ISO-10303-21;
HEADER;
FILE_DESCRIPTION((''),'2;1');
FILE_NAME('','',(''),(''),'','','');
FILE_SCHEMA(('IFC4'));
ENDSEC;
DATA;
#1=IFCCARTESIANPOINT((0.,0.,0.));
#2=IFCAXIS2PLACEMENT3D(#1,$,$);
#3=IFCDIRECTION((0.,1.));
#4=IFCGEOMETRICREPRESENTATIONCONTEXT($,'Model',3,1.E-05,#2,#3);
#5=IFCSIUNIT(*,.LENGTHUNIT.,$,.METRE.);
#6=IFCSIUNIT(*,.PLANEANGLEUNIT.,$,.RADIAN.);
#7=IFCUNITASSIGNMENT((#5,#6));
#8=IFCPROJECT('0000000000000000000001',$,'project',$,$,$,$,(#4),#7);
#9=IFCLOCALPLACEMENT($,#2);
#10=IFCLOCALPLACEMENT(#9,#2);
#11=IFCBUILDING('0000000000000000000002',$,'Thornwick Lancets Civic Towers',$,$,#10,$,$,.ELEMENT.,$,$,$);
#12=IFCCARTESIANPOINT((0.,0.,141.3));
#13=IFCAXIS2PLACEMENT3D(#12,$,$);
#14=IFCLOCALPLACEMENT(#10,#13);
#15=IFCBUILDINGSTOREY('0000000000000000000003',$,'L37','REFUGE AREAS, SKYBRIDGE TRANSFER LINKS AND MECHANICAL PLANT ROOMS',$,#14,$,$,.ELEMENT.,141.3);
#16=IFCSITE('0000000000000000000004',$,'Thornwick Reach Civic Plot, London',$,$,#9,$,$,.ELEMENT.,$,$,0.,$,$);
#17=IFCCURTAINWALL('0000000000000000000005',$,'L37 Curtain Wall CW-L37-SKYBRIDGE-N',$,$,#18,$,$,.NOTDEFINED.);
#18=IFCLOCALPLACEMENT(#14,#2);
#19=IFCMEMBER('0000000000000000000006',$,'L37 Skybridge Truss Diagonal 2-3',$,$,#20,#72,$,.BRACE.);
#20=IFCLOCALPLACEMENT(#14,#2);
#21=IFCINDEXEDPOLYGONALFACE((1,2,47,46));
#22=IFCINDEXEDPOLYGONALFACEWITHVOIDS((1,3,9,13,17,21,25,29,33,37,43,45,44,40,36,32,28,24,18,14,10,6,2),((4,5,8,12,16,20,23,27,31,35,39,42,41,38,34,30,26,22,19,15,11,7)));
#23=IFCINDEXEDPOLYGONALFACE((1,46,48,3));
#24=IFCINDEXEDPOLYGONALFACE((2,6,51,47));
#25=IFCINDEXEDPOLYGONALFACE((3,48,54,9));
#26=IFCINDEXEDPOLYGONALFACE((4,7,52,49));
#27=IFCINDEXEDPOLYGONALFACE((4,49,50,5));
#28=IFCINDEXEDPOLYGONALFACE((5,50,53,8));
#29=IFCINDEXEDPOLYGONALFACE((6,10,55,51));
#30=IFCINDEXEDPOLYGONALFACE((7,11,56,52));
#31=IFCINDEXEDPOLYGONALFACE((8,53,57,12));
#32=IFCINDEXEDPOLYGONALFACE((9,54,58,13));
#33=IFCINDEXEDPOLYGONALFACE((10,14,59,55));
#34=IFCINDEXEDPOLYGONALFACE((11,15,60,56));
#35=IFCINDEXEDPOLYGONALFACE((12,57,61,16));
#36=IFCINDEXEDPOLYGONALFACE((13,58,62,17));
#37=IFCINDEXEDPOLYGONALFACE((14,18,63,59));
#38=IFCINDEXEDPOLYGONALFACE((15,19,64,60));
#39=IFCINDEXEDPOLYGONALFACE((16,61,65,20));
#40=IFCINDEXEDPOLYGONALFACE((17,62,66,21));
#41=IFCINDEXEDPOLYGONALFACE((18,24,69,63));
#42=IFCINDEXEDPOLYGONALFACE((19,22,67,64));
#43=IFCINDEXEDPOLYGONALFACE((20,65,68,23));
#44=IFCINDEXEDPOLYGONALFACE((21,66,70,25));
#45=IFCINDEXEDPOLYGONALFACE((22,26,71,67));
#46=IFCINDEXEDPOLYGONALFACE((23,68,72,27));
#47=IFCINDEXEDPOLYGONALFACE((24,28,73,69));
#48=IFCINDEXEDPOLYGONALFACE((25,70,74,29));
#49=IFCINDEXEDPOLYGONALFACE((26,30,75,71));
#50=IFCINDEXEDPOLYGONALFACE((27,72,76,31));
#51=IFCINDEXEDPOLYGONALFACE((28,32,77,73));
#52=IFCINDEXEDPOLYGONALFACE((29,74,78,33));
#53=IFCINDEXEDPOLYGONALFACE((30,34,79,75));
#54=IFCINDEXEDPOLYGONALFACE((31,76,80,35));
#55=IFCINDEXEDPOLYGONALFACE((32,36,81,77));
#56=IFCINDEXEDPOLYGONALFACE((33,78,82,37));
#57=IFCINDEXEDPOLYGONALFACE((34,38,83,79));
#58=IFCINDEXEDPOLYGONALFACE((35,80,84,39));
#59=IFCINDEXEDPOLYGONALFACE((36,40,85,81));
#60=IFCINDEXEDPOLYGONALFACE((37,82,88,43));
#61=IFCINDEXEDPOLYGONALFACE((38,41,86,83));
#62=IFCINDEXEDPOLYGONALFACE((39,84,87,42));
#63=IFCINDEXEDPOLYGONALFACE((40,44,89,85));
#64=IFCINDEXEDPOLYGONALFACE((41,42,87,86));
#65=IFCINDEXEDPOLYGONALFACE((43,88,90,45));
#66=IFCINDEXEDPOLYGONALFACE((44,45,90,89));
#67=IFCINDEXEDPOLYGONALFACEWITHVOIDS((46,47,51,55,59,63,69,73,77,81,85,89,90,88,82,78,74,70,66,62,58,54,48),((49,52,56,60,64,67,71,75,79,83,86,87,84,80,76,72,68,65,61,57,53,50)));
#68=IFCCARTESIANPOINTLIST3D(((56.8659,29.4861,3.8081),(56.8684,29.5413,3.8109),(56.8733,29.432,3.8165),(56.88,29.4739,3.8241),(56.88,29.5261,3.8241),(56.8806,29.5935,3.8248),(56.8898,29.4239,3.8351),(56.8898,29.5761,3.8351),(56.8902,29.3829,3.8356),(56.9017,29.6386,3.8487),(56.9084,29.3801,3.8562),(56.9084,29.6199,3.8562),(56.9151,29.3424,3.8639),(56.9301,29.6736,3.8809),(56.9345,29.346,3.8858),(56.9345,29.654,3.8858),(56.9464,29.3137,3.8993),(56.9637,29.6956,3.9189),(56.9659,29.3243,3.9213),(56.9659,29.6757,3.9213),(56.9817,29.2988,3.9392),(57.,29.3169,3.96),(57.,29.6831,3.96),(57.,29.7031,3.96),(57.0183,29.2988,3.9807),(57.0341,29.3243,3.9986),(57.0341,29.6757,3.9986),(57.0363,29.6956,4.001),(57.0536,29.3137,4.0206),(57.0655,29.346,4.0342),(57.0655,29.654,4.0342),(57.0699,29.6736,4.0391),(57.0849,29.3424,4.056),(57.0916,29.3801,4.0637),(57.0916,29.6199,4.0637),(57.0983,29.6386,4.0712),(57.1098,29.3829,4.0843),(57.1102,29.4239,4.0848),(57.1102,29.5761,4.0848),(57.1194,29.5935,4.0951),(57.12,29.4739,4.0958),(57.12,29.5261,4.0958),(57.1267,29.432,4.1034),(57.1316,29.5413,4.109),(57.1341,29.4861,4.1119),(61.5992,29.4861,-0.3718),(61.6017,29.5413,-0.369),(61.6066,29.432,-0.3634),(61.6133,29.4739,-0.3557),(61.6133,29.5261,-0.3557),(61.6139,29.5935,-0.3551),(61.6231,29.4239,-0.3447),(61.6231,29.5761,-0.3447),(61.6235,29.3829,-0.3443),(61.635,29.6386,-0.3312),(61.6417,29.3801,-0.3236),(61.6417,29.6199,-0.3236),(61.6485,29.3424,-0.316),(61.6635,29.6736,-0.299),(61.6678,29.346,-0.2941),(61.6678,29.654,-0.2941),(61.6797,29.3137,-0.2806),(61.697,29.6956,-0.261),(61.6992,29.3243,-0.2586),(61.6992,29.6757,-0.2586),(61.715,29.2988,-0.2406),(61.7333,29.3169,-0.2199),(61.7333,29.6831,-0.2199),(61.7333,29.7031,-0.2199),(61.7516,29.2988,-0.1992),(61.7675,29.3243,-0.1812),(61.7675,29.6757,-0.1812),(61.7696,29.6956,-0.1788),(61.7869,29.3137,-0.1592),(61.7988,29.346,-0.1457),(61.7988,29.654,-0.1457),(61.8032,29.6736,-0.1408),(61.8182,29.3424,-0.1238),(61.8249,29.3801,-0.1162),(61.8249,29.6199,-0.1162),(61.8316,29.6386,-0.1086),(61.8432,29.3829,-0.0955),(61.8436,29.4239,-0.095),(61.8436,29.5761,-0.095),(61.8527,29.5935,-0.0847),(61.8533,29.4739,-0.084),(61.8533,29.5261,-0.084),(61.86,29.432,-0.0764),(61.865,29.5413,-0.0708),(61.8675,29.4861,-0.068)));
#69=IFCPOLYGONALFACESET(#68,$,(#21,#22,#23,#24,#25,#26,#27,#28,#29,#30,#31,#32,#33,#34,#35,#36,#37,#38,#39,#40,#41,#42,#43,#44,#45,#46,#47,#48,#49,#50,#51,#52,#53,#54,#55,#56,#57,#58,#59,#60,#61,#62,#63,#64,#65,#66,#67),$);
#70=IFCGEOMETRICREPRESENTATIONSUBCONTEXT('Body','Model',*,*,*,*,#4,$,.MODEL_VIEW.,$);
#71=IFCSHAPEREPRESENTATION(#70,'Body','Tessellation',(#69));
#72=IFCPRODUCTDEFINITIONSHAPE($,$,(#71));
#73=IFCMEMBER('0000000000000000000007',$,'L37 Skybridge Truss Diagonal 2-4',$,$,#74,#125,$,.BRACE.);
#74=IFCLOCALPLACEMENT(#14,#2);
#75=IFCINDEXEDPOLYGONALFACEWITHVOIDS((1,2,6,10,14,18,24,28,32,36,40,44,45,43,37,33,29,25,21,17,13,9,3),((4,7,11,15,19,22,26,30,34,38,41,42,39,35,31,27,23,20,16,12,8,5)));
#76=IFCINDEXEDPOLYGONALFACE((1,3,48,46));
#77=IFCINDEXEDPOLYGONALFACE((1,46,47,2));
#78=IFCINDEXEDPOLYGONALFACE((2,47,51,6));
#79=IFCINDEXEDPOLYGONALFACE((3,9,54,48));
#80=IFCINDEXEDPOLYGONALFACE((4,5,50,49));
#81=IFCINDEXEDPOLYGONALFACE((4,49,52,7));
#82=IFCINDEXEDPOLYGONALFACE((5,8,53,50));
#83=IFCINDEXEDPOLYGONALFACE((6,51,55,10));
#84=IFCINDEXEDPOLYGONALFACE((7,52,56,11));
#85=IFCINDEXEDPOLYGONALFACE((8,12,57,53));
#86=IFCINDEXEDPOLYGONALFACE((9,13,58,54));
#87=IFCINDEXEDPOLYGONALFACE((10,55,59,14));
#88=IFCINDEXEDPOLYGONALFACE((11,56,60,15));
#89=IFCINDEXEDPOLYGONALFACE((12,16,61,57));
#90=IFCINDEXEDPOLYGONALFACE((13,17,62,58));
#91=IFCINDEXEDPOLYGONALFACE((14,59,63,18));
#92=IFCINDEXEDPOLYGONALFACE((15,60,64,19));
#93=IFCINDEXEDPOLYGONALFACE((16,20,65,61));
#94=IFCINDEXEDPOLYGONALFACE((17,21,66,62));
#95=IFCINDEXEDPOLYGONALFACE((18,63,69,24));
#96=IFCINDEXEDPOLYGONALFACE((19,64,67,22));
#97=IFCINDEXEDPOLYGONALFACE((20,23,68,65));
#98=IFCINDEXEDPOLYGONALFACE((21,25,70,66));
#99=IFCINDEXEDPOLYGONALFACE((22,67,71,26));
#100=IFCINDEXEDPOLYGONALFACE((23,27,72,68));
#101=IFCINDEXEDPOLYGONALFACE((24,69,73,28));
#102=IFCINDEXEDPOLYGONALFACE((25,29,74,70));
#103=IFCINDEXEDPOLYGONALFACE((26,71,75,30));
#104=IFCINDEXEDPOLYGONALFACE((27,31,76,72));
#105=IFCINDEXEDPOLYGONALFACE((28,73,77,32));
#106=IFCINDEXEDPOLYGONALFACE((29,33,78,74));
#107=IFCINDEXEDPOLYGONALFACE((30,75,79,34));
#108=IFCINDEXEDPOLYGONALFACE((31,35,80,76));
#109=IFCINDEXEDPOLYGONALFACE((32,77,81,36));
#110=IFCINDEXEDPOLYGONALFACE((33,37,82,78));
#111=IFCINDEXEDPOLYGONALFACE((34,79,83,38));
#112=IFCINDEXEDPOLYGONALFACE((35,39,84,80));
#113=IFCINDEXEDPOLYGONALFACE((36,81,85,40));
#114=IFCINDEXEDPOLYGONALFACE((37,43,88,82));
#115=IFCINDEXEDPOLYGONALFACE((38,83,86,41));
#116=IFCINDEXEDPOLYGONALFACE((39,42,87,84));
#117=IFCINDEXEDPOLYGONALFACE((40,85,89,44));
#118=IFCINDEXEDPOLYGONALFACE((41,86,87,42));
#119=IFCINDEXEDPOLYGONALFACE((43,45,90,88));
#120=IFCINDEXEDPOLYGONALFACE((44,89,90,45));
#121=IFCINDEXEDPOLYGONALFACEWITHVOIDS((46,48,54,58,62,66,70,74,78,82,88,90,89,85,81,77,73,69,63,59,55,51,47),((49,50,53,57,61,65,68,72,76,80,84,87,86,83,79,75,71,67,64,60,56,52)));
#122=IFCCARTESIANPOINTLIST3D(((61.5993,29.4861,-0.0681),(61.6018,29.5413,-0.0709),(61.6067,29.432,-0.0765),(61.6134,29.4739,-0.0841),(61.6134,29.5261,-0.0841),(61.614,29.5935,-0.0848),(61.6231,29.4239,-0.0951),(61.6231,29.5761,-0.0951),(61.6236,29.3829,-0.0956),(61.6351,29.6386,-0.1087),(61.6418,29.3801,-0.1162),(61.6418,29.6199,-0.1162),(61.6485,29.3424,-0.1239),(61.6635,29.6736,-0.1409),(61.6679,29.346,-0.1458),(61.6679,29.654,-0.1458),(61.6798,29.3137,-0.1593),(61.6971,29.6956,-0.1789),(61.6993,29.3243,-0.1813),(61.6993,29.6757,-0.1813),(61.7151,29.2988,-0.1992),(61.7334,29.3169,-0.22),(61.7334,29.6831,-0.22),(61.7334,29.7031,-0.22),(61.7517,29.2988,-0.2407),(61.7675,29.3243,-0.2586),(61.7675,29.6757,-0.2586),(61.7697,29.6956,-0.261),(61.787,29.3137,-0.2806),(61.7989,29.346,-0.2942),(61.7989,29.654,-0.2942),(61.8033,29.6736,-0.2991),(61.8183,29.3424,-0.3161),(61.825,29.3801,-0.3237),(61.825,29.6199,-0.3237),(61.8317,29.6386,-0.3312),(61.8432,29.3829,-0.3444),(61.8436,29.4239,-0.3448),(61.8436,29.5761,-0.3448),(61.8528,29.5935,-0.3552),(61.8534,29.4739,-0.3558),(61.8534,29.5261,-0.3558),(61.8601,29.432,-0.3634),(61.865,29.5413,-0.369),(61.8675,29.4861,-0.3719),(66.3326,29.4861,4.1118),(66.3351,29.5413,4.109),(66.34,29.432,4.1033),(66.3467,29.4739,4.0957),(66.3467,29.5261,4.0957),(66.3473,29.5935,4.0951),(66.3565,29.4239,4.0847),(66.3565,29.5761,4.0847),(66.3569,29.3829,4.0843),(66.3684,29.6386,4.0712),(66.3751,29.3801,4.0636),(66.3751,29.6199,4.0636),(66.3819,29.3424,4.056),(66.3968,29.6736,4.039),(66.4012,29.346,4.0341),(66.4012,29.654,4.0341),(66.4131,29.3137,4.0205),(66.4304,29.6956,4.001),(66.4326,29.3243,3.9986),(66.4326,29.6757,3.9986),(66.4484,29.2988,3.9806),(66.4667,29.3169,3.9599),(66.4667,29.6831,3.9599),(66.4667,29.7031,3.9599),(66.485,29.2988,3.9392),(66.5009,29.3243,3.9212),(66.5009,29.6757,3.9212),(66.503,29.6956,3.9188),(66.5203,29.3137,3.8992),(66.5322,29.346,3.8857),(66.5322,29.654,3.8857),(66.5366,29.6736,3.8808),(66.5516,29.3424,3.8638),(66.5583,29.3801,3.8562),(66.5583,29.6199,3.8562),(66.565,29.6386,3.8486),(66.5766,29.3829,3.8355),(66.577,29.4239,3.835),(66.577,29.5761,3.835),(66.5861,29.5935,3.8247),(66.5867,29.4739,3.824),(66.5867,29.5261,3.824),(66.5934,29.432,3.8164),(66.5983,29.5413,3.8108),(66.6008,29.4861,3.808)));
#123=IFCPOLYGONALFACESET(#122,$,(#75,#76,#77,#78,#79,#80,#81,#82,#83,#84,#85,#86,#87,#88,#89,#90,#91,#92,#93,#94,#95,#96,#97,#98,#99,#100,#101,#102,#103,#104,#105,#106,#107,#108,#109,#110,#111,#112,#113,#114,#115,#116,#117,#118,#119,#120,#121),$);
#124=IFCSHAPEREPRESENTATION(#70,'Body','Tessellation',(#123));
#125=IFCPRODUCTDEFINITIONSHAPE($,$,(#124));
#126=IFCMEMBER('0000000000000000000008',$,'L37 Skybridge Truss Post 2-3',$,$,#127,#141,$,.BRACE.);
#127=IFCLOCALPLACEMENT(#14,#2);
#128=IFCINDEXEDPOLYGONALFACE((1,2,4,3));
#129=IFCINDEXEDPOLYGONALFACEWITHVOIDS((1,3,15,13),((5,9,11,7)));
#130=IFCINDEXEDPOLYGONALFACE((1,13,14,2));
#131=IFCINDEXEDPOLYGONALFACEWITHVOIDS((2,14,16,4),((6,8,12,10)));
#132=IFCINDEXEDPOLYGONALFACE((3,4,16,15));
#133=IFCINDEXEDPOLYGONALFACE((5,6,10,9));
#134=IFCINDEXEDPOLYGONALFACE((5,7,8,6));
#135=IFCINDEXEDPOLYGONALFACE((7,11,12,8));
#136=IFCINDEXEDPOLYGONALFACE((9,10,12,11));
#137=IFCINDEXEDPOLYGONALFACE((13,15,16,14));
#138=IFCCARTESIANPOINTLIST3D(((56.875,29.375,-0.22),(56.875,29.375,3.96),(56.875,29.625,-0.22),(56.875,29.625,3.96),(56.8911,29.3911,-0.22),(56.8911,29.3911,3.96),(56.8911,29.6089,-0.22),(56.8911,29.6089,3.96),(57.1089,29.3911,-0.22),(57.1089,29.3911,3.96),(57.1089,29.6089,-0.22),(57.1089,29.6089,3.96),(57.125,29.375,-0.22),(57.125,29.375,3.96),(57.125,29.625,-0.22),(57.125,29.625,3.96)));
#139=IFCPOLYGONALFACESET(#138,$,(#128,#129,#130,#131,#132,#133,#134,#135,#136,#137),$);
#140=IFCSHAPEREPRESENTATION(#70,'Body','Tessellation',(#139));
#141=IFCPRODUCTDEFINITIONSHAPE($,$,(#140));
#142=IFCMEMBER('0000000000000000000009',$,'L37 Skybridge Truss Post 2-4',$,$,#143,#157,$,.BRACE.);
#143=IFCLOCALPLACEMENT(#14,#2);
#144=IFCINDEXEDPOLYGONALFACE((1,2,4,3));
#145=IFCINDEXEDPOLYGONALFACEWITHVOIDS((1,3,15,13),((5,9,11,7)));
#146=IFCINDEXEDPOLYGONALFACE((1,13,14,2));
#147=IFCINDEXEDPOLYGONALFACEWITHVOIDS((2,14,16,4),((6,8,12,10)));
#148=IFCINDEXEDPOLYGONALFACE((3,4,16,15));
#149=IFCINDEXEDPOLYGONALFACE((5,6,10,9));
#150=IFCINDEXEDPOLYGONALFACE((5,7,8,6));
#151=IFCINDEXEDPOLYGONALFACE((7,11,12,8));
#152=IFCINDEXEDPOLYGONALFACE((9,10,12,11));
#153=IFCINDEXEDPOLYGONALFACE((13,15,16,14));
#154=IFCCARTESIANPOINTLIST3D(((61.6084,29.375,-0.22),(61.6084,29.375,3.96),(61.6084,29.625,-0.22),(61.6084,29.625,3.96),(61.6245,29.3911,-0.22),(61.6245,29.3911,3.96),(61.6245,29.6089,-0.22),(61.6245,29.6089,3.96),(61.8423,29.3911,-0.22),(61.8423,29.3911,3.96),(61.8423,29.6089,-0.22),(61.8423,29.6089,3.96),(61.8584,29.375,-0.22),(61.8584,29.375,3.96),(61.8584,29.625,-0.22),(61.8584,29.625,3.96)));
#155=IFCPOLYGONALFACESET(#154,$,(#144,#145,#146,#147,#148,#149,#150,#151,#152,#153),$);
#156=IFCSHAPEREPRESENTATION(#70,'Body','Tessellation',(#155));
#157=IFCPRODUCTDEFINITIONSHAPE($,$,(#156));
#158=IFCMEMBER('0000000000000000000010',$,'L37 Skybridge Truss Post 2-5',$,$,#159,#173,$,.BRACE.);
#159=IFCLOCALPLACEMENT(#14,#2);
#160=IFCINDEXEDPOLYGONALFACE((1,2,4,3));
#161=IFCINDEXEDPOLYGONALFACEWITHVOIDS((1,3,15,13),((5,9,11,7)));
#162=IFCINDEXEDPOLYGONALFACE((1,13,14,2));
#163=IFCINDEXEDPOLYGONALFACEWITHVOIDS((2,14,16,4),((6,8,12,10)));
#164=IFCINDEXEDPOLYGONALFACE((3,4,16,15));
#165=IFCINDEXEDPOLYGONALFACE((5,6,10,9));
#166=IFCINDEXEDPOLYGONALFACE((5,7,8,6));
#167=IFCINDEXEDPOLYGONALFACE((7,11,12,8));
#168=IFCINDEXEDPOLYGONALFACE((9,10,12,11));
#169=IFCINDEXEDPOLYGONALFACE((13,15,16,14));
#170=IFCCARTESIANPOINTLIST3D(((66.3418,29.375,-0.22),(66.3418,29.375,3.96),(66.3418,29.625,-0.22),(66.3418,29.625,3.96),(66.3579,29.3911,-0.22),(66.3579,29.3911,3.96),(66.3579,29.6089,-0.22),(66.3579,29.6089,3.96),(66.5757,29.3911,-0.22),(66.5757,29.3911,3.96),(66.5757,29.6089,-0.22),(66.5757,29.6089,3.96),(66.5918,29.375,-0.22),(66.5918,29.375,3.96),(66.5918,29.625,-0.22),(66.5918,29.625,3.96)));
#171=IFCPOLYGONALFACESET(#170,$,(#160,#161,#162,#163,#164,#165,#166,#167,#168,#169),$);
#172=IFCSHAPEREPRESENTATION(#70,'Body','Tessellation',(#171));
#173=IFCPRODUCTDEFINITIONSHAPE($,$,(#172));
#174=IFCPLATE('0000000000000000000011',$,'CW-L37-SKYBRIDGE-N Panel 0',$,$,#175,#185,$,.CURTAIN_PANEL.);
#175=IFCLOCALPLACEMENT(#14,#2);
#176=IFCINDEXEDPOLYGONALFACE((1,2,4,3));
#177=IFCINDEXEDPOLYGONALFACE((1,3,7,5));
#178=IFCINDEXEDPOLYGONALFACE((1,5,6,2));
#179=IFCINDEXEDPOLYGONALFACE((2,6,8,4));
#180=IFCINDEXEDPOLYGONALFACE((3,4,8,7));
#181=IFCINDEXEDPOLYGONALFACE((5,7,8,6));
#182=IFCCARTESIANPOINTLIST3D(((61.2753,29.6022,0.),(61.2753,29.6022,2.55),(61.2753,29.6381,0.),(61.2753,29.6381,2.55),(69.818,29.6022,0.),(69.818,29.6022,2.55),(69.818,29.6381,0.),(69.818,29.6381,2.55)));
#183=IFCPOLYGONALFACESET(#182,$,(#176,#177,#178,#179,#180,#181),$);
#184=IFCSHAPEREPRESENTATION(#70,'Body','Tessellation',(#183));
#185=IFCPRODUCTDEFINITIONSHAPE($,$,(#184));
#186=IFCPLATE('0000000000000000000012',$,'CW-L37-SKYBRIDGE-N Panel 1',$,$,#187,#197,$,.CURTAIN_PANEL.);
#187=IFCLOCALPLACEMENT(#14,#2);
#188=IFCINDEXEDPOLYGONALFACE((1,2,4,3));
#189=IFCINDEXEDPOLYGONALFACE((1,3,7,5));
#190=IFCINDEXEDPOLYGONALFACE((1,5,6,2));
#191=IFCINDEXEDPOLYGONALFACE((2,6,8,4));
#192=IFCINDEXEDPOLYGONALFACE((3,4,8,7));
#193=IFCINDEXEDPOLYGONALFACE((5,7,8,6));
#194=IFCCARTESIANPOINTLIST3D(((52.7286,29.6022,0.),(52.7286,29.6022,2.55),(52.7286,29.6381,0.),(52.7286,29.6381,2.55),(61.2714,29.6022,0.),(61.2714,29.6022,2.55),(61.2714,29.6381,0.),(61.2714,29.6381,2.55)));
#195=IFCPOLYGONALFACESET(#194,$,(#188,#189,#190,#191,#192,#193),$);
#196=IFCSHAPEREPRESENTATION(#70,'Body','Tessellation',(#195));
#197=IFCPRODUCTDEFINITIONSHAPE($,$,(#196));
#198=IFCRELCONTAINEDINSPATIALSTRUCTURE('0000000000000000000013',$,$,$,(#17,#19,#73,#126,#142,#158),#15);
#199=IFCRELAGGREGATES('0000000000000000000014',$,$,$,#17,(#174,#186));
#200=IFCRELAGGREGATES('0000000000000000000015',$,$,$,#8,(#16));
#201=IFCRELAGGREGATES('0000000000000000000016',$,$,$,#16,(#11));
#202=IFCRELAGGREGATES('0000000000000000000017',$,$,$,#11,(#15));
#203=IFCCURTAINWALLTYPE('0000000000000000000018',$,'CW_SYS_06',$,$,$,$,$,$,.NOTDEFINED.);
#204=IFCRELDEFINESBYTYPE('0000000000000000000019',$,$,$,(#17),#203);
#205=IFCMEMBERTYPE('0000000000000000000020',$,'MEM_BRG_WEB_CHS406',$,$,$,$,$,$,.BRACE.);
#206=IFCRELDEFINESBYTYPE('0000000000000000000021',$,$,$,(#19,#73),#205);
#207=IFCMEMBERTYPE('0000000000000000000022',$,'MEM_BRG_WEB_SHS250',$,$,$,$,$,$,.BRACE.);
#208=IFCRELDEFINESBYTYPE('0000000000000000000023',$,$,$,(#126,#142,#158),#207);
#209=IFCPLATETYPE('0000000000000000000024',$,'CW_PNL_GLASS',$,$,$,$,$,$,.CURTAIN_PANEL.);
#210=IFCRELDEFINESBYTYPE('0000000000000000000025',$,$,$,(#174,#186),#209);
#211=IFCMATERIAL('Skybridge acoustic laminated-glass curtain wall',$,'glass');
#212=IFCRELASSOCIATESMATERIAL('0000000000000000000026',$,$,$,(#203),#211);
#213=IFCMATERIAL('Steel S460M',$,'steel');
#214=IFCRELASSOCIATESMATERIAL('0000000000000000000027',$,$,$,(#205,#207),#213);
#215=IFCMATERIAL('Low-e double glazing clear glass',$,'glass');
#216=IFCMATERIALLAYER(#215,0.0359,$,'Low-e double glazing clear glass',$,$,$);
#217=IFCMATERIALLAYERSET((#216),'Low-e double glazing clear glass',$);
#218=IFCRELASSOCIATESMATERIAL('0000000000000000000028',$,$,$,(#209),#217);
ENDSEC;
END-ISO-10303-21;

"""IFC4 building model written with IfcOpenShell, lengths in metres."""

from ifc_helpers import new_model, si_unit, direction, frame, origin, origin_2d, place, context, subcontext, project, spatial, rectangle, hollow_rectangle, hollow_circle, extrude, material, layer, layer_set, material_profile, profile_set, type_object, element, aggregate, save


model = new_model("IFC4")

# Units and contexts
model_context = context("Model", 3, precision=1e-05, world=origin(), true_north=direction((0.0, 1.0)))
body_context = subcontext(model_context, "Body", "Model", "MODEL_VIEW")
ifc_project = project(units=[si_unit("LENGTHUNIT", "METRE"), si_unit("PLANEANGLEUNIT", "RADIAN")], contexts=[model_context])

# Site, building, storey
site_placement = place(None, origin())
site = spatial("IfcSite", under=ifc_project, at=site_placement, Name="Thornwick Reach Civic Plot, London", CompositionType="ELEMENT", RefElevation=0.0)
building_placement = place(site_placement, origin())
building = spatial("IfcBuilding", under=site, at=building_placement, Name="Thornwick Lancets Civic Towers", CompositionType="ELEMENT")
storey_placement = place(building_placement, frame((0.0, 0.0, 141.3)))
storey = spatial("IfcBuildingStorey", under=building, at=storey_placement, Name="L37", Description="REFUGE AREAS, SKYBRIDGE TRANSFER LINKS AND MECHANICAL PLANT ROOMS", CompositionType="ELEMENT", Elevation=141.3)

# Curtain wall
ifc_material_1 = material(Name="Skybridge acoustic laminated-glass curtain wall", Category="glass")
curtain_wall_type = type_object("IfcCurtainWallType", Name="CW_SYS_06", PredefinedType="NOTDEFINED", material=ifc_material_1)
curtain_wall_placement = place(storey_placement, origin())
curtain_wall = element("IfcCurtainWall", 1, at=curtain_wall_placement, inside=storey, type_object=curtain_wall_type, Name="L37 Curtain Wall CW-L37-SKYBRIDGE-N", PredefinedType="NOTDEFINED")

# Members
ifc_material_2 = material(Name="Steel S460M", Category="steel")
ifc_material_profile_1 = material_profile(ifc_material_2, hollow_circle(Radius=0.2031, WallThickness=0.02, at=origin_2d()), Name="CHS 406.4x20")
ifc_profile_set_1 = profile_set([ifc_material_profile_1], Name="Steel S460M")
member_type_1 = type_object("IfcMemberType", Name="MEM_BRG_WEB_CHS406", PredefinedType="BRACE", material=ifc_profile_set_1)
for number, where, z_axis, x_axis, name in (
    (2, (57.0, 29.5, 3.96), (0.74957, 0.0, -0.661925), (0.0, 1.0, 0.0), "L37 Skybridge Truss Diagonal 2-3"),
    (3, (61.7334, 29.5, -0.22), (0.74957, 0.0, 0.661925), (0.0, 1.0, 0.0), "L37 Skybridge Truss Diagonal 2-4"),
):
    element("IfcMember", number, at=place(storey_placement, frame(where, z_axis=z_axis, x_axis=x_axis)), inside=storey, type_object=member_type_1, Name=name, PredefinedType="BRACE", context=body_context, shape_type="SweptSolid", body=[
        extrude(hollow_circle(Radius=0.2031, WallThickness=0.02, at=origin_2d()), origin(), (0.0, 0.0, 1.0), 6.3147),
    ])
ifc_material_profile_2 = material_profile(ifc_material_2, hollow_rectangle(XDim=0.25, YDim=0.25, WallThickness=0.0161, at=origin_2d()), Name="SHS 250x250x16")
ifc_profile_set_2 = profile_set([ifc_material_profile_2], Name="Steel S460M")
member_type_2 = type_object("IfcMemberType", Name="MEM_BRG_WEB_SHS250", PredefinedType="BRACE", material=ifc_profile_set_2)
for number, where, z_axis, x_axis, name in (
    (4, (57.0, 29.5, -0.22), (0.0, 0.0, 1.0), (1.0, 0.0, 0.0), "L37 Skybridge Truss Post 2-3"),
    (5, (61.7334, 29.5, -0.22), (0.0, 0.0, 1.0), (1.0, 0.0, 0.0), "L37 Skybridge Truss Post 2-4"),
    (6, (66.4668, 29.5, -0.22), (0.0, 0.0, 1.0), (1.0, 0.0, 0.0), "L37 Skybridge Truss Post 2-5"),
):
    element("IfcMember", number, at=place(storey_placement, frame(where, z_axis=z_axis, x_axis=x_axis)), inside=storey, type_object=member_type_2, Name=name, PredefinedType="BRACE", context=body_context, shape_type="SweptSolid", body=[
        extrude(hollow_rectangle(XDim=0.25, YDim=0.25, WallThickness=0.0161, at=origin_2d()), origin(), (0.0, 0.0, 1.0), 4.1799),
    ])

# Plates
ifc_material_3 = material(Name="Low-e double glazing clear glass", Category="glass")
ifc_layer_1 = layer(ifc_material_3, 0.0359, Name="Low-e double glazing clear glass")
ifc_layer_set_1 = layer_set([ifc_layer_1], Name="Low-e double glazing clear glass")
plate_type_1 = type_object("IfcPlateType", Name="CW_PNL_GLASS", PredefinedType="CURTAIN_PANEL", material=ifc_layer_set_1)
plate_1_placement = place(storey_placement, frame((65.5466, 29.6201, 0.0), z_axis=(0.0, 0.0, 1.0), x_axis=(-1.0, 0.0, 0.0)))
plate_1 = element("IfcPlate", 7, at=plate_1_placement, type_object=plate_type_1, Name="CW-L37-SKYBRIDGE-N Panel 0", PredefinedType="CURTAIN_PANEL", context=body_context, shape_type="SweptSolid", body=[
    extrude(rectangle(XDim=8.5427, YDim=0.0359, at=origin_2d()), origin(), (0.0, 0.0, 1.0), 2.55),
])
plate_2_placement = place(storey_placement, frame((57.0, 29.6201, 0.0), z_axis=(0.0, 0.0, 1.0), x_axis=(-1.0, 0.0, 0.0)))
plate_2 = element("IfcPlate", 8, at=plate_2_placement, type_object=plate_type_1, Name="CW-L37-SKYBRIDGE-N Panel 1", PredefinedType="CURTAIN_PANEL", context=body_context, shape_type="SweptSolid", body=[
    extrude(rectangle(XDim=8.5427, YDim=0.0359, at=origin_2d()), origin(), (0.0, 0.0, 1.0), 2.55),
])
aggregate(curtain_wall, [plate_1, plate_2])

save(model, "model.ifc")
